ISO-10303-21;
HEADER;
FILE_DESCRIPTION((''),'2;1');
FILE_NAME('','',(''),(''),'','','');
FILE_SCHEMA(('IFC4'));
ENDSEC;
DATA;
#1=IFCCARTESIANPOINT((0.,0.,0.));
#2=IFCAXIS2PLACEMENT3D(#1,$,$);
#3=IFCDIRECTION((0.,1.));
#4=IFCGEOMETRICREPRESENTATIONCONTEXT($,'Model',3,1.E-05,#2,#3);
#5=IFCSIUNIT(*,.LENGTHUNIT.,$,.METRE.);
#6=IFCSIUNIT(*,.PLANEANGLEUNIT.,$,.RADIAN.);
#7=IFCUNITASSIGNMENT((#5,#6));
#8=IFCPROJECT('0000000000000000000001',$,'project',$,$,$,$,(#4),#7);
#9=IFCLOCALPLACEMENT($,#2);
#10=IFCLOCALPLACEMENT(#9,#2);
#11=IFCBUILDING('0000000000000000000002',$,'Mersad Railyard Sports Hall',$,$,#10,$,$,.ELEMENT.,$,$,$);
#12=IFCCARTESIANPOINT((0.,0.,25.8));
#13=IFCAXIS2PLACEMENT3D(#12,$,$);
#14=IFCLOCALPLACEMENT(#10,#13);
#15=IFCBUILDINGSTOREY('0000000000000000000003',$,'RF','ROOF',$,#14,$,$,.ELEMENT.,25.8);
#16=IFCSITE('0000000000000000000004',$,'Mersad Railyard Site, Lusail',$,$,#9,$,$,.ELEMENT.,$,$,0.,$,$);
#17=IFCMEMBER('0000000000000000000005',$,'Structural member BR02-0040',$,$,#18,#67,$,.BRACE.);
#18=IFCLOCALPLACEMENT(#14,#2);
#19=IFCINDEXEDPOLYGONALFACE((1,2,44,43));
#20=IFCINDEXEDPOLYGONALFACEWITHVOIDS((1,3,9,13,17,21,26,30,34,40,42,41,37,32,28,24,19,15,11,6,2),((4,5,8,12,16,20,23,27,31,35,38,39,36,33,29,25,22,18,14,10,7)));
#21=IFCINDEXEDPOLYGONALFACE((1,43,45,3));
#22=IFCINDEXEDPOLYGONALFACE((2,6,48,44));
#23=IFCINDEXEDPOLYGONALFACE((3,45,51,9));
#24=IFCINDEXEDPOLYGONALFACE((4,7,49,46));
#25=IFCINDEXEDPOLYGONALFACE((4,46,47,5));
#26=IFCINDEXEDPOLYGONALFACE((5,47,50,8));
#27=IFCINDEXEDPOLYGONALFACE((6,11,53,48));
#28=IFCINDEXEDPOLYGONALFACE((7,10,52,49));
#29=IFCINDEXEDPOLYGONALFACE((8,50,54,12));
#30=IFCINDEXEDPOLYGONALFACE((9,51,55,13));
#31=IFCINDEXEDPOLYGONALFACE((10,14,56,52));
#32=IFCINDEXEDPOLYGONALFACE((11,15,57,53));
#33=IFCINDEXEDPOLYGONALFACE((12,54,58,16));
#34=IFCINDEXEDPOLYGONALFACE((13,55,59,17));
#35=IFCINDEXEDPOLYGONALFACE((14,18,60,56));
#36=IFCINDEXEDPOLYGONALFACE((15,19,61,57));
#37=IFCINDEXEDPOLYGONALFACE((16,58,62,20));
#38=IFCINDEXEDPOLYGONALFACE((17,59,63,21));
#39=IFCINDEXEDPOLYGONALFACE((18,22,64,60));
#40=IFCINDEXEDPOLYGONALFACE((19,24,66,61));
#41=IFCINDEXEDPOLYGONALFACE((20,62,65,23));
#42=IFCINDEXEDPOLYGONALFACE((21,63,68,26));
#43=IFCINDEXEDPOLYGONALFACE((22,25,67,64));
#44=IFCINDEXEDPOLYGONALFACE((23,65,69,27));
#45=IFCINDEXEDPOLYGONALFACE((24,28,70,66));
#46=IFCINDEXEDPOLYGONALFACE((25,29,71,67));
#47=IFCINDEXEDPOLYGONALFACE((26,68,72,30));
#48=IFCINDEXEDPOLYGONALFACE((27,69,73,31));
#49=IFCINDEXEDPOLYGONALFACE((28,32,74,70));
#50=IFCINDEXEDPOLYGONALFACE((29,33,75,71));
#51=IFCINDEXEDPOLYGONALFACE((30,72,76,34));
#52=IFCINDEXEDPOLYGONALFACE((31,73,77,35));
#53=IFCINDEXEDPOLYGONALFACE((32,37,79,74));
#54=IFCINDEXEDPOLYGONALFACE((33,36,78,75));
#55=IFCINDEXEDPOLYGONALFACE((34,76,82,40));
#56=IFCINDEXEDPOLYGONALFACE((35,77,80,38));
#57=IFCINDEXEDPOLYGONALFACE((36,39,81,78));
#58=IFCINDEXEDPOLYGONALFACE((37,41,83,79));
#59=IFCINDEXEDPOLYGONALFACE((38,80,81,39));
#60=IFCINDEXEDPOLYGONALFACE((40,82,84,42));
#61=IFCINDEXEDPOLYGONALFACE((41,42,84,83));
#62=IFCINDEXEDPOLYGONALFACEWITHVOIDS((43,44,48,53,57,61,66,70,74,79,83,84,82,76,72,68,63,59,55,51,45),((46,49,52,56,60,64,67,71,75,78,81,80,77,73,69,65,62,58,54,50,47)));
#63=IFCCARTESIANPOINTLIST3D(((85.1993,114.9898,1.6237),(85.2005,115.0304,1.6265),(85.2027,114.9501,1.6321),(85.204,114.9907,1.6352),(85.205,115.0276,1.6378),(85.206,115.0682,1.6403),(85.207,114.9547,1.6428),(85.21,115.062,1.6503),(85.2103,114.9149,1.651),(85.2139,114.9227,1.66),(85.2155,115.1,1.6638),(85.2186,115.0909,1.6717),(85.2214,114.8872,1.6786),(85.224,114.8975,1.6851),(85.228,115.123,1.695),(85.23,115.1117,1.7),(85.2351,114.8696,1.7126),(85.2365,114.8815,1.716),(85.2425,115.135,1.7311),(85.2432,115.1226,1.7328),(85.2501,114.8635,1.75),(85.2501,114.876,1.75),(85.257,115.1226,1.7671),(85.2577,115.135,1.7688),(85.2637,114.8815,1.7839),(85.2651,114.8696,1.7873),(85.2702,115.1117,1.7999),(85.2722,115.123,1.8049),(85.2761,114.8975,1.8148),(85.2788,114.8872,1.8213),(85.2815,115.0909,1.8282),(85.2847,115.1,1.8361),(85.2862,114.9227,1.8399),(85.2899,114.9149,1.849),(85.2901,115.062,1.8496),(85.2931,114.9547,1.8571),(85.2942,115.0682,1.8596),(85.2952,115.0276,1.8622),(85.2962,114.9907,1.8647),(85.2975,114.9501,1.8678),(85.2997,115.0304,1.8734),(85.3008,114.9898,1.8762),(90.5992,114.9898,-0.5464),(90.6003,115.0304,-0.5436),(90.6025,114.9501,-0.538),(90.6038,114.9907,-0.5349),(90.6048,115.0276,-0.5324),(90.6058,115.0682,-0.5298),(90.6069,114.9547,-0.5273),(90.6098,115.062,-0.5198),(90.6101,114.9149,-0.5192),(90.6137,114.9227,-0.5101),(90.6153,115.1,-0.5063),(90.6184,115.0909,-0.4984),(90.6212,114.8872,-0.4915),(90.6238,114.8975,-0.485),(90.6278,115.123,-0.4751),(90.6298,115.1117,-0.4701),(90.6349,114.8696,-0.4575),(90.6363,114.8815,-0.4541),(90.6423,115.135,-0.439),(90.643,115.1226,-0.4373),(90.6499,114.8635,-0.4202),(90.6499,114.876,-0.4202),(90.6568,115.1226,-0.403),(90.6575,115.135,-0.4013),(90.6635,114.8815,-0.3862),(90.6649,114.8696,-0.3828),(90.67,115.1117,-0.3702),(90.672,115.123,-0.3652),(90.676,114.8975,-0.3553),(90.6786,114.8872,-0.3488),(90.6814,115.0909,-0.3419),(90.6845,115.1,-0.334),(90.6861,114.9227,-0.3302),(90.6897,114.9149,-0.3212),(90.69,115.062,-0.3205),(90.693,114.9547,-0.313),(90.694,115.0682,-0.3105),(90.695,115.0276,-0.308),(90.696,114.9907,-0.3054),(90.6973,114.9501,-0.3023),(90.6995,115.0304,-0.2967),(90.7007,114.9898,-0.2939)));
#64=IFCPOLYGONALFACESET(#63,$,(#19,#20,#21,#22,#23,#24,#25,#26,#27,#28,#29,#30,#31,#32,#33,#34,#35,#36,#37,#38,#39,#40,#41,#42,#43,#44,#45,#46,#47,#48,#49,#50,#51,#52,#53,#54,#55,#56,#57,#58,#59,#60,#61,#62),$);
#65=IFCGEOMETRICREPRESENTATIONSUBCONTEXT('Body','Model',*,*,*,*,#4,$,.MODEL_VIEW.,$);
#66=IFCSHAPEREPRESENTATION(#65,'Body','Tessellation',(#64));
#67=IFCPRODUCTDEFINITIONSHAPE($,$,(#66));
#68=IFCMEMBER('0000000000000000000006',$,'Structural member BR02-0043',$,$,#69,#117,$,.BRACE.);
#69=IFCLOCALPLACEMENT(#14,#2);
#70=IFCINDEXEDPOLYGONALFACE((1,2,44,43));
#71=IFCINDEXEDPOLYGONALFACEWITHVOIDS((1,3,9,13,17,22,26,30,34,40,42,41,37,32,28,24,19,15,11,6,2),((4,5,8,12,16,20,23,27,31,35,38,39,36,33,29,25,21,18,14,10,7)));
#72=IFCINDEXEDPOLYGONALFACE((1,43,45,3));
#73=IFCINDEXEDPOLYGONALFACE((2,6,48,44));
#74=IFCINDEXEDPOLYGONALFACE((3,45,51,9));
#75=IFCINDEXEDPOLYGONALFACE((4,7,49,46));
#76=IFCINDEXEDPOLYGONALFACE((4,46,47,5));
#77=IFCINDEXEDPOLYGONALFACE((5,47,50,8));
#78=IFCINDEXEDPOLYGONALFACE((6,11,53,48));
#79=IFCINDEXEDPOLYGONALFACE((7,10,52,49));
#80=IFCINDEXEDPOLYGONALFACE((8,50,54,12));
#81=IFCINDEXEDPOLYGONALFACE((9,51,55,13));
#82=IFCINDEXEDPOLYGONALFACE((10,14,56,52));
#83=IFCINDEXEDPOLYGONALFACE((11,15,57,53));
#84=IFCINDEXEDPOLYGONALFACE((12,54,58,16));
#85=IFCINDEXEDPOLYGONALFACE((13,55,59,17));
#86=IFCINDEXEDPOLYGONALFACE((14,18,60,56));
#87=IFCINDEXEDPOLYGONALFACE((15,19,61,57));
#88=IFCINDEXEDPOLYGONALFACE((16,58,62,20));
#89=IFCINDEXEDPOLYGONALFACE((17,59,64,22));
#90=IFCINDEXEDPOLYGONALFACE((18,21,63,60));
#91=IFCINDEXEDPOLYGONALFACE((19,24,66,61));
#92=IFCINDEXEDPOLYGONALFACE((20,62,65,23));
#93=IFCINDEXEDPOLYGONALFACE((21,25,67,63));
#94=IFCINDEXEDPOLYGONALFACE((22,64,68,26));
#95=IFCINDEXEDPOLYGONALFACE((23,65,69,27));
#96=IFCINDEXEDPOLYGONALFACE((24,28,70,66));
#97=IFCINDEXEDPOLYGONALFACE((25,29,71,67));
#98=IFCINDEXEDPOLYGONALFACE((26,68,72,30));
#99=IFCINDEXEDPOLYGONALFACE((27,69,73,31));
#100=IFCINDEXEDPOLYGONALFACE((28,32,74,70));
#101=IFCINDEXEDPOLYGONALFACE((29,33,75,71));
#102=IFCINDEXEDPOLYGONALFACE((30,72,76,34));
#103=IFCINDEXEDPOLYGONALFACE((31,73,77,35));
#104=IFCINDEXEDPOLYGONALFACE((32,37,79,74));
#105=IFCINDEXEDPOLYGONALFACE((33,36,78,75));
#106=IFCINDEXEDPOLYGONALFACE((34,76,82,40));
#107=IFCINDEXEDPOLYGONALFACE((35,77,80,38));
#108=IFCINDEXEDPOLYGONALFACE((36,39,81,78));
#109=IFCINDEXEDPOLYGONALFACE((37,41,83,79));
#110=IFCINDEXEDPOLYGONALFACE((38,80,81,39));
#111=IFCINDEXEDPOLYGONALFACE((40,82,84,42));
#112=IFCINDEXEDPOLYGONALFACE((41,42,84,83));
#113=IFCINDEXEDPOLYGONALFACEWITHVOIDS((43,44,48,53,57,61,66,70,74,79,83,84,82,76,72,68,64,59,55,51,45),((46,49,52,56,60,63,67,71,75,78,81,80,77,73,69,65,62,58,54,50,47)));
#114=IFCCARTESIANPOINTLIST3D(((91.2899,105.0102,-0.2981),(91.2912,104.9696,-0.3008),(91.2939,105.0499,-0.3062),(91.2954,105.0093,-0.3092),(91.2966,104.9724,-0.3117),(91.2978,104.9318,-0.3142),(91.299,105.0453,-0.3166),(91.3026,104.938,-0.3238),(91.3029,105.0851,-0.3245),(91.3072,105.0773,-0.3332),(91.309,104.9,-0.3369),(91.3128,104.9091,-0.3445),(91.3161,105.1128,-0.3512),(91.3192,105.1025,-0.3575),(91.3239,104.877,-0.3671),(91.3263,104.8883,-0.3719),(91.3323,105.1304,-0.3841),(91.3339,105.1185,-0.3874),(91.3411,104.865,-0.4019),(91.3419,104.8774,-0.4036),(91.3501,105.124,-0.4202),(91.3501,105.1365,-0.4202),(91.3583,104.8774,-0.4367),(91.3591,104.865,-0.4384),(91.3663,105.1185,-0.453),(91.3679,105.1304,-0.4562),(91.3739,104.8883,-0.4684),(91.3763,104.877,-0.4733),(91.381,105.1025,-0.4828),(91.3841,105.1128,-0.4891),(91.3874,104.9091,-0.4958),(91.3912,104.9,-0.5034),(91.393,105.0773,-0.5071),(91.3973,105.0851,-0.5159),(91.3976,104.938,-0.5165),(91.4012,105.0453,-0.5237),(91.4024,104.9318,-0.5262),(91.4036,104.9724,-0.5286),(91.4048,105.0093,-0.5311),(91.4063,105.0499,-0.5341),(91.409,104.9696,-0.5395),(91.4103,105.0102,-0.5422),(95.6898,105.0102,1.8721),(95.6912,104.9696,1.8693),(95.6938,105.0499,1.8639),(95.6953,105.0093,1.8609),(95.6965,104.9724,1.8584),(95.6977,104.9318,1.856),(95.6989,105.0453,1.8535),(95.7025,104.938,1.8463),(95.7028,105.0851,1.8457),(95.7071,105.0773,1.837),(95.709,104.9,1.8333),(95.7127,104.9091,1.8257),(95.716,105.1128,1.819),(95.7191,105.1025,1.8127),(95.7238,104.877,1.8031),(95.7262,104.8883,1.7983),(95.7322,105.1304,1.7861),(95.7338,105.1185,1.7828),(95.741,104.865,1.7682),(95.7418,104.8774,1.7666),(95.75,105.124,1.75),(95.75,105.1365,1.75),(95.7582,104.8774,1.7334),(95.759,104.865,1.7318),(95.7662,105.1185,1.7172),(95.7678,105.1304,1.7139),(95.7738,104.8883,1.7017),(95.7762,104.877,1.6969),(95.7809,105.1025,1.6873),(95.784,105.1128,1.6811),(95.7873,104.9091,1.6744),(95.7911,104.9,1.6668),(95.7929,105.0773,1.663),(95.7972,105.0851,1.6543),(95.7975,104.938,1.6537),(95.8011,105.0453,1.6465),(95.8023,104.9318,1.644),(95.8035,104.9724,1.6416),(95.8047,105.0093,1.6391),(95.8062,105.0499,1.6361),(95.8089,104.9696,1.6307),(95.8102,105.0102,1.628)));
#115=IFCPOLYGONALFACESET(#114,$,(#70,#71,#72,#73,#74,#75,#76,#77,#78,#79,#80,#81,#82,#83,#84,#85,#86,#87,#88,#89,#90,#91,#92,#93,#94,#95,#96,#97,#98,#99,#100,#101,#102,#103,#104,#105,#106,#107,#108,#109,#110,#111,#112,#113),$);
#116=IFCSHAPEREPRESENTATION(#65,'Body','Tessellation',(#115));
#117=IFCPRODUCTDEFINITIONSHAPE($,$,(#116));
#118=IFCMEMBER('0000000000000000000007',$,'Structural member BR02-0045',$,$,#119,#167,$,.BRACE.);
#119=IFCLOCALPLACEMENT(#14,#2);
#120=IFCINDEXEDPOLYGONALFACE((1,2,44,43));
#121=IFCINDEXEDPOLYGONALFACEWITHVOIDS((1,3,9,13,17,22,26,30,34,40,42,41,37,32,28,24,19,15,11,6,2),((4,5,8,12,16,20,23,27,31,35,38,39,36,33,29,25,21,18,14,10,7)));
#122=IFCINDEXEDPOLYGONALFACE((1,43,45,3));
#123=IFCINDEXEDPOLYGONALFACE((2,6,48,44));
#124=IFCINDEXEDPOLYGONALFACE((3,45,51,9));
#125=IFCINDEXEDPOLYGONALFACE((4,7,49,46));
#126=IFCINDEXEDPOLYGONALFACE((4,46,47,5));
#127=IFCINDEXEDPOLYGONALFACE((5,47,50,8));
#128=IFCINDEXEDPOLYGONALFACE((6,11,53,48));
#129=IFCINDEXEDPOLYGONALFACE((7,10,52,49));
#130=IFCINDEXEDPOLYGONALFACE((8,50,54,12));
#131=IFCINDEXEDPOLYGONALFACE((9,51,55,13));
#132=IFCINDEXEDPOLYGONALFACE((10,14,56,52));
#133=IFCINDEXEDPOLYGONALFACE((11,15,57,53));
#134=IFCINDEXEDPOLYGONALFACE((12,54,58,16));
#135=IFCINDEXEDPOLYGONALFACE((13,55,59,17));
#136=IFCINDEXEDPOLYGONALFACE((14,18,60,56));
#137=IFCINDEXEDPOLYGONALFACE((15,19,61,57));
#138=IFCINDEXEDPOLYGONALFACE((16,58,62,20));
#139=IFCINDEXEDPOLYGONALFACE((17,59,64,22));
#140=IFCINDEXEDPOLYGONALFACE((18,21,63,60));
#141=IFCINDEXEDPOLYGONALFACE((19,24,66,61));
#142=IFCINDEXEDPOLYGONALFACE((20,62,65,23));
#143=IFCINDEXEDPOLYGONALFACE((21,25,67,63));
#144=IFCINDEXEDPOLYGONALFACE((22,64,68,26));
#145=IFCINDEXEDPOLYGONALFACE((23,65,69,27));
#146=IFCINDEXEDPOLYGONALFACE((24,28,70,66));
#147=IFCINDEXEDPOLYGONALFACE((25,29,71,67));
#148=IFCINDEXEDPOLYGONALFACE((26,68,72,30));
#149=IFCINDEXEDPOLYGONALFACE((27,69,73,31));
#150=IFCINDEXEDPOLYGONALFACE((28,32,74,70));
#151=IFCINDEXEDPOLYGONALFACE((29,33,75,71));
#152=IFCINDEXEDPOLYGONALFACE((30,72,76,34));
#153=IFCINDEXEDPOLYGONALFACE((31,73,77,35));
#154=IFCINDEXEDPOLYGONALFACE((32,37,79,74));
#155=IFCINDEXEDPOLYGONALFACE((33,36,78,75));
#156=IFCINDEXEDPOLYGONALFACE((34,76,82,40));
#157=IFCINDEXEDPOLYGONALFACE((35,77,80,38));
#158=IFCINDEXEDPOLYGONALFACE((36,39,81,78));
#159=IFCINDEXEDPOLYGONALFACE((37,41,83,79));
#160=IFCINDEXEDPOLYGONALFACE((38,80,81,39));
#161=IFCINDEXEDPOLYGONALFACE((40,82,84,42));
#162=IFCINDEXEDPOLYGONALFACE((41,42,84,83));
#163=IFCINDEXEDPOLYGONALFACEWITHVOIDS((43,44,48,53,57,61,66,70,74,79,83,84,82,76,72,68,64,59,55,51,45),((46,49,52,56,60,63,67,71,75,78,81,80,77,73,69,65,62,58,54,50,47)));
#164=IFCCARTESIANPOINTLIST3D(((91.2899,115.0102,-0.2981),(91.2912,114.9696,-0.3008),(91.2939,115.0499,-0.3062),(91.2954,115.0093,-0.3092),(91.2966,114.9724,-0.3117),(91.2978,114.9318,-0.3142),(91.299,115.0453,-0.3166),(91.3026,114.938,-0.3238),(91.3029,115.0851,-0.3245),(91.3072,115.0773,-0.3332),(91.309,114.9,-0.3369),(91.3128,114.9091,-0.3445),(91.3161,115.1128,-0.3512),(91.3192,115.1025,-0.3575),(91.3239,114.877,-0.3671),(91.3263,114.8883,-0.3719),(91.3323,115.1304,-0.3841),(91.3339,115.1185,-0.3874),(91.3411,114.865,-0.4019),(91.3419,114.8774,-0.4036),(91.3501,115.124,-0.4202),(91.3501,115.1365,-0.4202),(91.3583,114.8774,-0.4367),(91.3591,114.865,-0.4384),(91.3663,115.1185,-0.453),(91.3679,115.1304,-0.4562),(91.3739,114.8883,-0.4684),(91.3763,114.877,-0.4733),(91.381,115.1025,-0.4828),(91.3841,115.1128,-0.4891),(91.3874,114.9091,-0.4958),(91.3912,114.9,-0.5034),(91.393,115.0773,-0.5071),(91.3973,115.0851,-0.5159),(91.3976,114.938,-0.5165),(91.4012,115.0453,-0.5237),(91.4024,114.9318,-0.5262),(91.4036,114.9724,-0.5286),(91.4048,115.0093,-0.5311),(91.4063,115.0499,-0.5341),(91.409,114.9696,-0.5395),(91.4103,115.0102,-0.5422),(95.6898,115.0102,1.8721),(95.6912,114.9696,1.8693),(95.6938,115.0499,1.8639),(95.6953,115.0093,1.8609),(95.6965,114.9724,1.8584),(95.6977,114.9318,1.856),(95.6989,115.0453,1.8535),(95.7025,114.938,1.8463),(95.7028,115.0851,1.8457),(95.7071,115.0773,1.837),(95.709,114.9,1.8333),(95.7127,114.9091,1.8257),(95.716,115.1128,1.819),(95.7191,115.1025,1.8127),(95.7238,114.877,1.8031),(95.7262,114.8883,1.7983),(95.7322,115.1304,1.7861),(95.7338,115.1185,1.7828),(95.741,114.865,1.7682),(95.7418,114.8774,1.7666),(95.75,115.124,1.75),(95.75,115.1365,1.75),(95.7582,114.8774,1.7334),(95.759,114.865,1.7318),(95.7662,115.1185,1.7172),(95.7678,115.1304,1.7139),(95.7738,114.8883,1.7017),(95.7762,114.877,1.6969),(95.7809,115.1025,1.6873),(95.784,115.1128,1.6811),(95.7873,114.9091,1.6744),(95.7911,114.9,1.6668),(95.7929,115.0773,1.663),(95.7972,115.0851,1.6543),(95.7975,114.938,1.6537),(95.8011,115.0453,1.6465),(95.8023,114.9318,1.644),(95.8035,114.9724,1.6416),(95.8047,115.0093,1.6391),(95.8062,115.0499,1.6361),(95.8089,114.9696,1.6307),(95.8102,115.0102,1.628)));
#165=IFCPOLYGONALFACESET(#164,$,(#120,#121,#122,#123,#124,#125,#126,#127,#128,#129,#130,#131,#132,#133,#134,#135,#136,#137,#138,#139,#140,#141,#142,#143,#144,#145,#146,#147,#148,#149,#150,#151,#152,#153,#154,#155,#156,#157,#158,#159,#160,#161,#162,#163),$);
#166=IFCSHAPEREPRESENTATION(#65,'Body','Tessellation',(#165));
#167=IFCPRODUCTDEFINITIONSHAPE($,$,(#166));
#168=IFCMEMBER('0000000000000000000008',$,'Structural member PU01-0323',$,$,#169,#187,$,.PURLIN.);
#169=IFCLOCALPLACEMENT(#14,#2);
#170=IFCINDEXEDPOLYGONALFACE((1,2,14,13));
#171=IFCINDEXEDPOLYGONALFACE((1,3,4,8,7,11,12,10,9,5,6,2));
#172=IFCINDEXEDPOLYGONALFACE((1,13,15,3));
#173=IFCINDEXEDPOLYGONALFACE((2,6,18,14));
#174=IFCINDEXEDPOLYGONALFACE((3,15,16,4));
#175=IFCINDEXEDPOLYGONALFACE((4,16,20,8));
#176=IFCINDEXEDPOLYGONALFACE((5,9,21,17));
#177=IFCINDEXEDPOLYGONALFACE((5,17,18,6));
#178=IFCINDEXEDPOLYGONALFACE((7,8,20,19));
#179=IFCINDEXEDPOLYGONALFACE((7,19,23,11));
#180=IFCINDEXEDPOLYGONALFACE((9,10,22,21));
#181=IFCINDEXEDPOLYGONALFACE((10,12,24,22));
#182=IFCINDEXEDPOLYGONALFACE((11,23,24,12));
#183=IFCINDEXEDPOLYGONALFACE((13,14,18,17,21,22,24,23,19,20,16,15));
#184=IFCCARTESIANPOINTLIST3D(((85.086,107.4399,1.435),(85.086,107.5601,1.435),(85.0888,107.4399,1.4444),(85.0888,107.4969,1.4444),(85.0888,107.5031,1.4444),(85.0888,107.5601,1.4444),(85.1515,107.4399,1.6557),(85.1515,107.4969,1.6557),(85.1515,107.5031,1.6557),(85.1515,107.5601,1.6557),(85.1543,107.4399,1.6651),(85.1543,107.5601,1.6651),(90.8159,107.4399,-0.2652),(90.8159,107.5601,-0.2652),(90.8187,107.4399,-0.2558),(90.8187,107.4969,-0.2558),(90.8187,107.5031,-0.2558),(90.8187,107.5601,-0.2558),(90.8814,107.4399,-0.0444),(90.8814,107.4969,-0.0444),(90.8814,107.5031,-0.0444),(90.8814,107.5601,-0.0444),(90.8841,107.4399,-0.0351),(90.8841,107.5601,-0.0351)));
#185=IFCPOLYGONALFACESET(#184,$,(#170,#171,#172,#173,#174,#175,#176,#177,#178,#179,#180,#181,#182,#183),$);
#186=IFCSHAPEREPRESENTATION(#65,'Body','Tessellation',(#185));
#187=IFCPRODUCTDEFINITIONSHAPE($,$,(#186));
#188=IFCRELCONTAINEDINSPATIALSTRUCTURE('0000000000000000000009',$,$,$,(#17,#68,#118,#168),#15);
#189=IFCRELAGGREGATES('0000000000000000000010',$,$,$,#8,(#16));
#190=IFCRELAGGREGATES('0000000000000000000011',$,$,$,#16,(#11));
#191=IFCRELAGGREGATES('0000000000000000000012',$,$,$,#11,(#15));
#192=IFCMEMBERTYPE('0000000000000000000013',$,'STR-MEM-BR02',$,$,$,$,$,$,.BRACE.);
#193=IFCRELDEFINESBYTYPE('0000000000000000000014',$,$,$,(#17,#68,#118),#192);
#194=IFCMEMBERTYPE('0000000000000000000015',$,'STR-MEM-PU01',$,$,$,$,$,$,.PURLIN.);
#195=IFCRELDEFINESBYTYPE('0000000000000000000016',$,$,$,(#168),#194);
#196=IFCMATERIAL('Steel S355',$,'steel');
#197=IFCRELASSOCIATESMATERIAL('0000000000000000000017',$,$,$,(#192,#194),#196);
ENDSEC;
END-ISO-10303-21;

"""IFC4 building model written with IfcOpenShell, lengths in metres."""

from ifc_helpers import new_model, si_unit, direction, frame, origin, origin_2d, place, context, subcontext, project, spatial, hollow_circle, i_section, extrude, material, material_profile, profile_set, type_object, element, save


model = new_model("IFC4")

# Units and contexts
model_context = context("Model", 3, precision=1e-05, world=origin(), true_north=direction((0.0, 1.0)))
body_context = subcontext(model_context, "Body", "Model", "MODEL_VIEW")
ifc_project = project(units=[si_unit("LENGTHUNIT", "METRE"), si_unit("PLANEANGLEUNIT", "RADIAN")], contexts=[model_context])

# Site, building, storey
site_placement = place(None, origin())
site = spatial("IfcSite", under=ifc_project, at=site_placement, Name="Mersad Railyard Site, Lusail", CompositionType="ELEMENT", RefElevation=0.0)
building_placement = place(site_placement, origin())
building = spatial("IfcBuilding", under=site, at=building_placement, Name="Mersad Railyard Sports Hall", CompositionType="ELEMENT")
storey_placement = place(building_placement, frame((0.0, 0.0, 25.8)))
storey = spatial("IfcBuildingStorey", under=building, at=storey_placement, Name="RF", Description="ROOF", CompositionType="ELEMENT", Elevation=25.8)

# Shared definitions
ifc_material_1 = material(Name="Steel S355", Category="steel")

# Members
ifc_material_profile_1 = material_profile(ifc_material_1, hollow_circle(Radius=0.1365, WallThickness=0.0125, at=origin_2d()), Name="CHS 273x12.5")
ifc_profile_set_1 = profile_set([ifc_material_profile_1], Name="Steel S355")
member_type_1 = type_object("IfcMemberType", Name="STR-MEM-BR02", PredefinedType="BRACE", material=ifc_profile_set_1)
for number, where, z_axis, x_axis, name in (
    (1, (90.6499, 115.0, -0.4202), (-0.927871, 0.0, 0.372902), (0.0, -1.0, 0.0), "Structural member BR02-0040"),
):
    element("IfcMember", number, at=place(storey_placement, frame(where, z_axis=z_axis, x_axis=x_axis)), inside=storey, type_object=member_type_1, Name=name, PredefinedType="BRACE", context=body_context, shape_type="SweptSolid", body=[
        extrude(hollow_circle(Radius=0.1365, WallThickness=0.0125, at=origin_2d()), origin(), (0.0, 0.0, 1.0), 5.8196),
    ])
for number, where, z_axis, x_axis, name in (
    (2, (91.3501, 105.0, -0.4202), (0.896842, 0.0, 0.44235), (0.0, 1.0, 0.0), "Structural member BR02-0043"),
    (3, (91.3501, 115.0, -0.4202), (0.896842, 0.0, 0.44235), (0.0, 1.0, 0.0), "Structural member BR02-0045"),
):
    element("IfcMember", number, at=place(storey_placement, frame(where, z_axis=z_axis, x_axis=x_axis)), inside=storey, type_object=member_type_1, Name=name, PredefinedType="BRACE", context=body_context, shape_type="SweptSolid", body=[
        extrude(hollow_circle(Radius=0.1365, WallThickness=0.0125, at=origin_2d()), origin(), (0.0, 0.0, 1.0), 4.906),
    ])
ifc_material_profile_2 = material_profile(ifc_material_1, i_section(OverallWidth=0.1201, OverallDepth=0.24, WebThickness=0.0061, FlangeThickness=0.0098, at=origin_2d()), Name="IPE 240")
ifc_profile_set_2 = profile_set([ifc_material_profile_2], Name="Steel S355")
member_type_2 = type_object("IfcMemberType", Name="STR-MEM-PU01", PredefinedType="PURLIN", material=ifc_profile_set_2)
for number, where, z_axis, x_axis, name in (
    (4, (85.1201, 107.5, 1.55), (0.958688, 0.0, -0.284461), (0.0, 1.0, 0.0), "Structural member PU01-0323"),
):
    element("IfcMember", number, at=place(storey_placement, frame(where, z_axis=z_axis, x_axis=x_axis)), inside=storey, type_object=member_type_2, Name=name, PredefinedType="PURLIN", context=body_context, shape_type="SweptSolid", body=[
        extrude(i_section(OverallWidth=0.1201, OverallDepth=0.24, WebThickness=0.0061, FlangeThickness=0.0098, at=origin_2d()), origin(), (0.0, 0.0, 1.0), 5.9768),
    ])

save(model, "model.ifc")
